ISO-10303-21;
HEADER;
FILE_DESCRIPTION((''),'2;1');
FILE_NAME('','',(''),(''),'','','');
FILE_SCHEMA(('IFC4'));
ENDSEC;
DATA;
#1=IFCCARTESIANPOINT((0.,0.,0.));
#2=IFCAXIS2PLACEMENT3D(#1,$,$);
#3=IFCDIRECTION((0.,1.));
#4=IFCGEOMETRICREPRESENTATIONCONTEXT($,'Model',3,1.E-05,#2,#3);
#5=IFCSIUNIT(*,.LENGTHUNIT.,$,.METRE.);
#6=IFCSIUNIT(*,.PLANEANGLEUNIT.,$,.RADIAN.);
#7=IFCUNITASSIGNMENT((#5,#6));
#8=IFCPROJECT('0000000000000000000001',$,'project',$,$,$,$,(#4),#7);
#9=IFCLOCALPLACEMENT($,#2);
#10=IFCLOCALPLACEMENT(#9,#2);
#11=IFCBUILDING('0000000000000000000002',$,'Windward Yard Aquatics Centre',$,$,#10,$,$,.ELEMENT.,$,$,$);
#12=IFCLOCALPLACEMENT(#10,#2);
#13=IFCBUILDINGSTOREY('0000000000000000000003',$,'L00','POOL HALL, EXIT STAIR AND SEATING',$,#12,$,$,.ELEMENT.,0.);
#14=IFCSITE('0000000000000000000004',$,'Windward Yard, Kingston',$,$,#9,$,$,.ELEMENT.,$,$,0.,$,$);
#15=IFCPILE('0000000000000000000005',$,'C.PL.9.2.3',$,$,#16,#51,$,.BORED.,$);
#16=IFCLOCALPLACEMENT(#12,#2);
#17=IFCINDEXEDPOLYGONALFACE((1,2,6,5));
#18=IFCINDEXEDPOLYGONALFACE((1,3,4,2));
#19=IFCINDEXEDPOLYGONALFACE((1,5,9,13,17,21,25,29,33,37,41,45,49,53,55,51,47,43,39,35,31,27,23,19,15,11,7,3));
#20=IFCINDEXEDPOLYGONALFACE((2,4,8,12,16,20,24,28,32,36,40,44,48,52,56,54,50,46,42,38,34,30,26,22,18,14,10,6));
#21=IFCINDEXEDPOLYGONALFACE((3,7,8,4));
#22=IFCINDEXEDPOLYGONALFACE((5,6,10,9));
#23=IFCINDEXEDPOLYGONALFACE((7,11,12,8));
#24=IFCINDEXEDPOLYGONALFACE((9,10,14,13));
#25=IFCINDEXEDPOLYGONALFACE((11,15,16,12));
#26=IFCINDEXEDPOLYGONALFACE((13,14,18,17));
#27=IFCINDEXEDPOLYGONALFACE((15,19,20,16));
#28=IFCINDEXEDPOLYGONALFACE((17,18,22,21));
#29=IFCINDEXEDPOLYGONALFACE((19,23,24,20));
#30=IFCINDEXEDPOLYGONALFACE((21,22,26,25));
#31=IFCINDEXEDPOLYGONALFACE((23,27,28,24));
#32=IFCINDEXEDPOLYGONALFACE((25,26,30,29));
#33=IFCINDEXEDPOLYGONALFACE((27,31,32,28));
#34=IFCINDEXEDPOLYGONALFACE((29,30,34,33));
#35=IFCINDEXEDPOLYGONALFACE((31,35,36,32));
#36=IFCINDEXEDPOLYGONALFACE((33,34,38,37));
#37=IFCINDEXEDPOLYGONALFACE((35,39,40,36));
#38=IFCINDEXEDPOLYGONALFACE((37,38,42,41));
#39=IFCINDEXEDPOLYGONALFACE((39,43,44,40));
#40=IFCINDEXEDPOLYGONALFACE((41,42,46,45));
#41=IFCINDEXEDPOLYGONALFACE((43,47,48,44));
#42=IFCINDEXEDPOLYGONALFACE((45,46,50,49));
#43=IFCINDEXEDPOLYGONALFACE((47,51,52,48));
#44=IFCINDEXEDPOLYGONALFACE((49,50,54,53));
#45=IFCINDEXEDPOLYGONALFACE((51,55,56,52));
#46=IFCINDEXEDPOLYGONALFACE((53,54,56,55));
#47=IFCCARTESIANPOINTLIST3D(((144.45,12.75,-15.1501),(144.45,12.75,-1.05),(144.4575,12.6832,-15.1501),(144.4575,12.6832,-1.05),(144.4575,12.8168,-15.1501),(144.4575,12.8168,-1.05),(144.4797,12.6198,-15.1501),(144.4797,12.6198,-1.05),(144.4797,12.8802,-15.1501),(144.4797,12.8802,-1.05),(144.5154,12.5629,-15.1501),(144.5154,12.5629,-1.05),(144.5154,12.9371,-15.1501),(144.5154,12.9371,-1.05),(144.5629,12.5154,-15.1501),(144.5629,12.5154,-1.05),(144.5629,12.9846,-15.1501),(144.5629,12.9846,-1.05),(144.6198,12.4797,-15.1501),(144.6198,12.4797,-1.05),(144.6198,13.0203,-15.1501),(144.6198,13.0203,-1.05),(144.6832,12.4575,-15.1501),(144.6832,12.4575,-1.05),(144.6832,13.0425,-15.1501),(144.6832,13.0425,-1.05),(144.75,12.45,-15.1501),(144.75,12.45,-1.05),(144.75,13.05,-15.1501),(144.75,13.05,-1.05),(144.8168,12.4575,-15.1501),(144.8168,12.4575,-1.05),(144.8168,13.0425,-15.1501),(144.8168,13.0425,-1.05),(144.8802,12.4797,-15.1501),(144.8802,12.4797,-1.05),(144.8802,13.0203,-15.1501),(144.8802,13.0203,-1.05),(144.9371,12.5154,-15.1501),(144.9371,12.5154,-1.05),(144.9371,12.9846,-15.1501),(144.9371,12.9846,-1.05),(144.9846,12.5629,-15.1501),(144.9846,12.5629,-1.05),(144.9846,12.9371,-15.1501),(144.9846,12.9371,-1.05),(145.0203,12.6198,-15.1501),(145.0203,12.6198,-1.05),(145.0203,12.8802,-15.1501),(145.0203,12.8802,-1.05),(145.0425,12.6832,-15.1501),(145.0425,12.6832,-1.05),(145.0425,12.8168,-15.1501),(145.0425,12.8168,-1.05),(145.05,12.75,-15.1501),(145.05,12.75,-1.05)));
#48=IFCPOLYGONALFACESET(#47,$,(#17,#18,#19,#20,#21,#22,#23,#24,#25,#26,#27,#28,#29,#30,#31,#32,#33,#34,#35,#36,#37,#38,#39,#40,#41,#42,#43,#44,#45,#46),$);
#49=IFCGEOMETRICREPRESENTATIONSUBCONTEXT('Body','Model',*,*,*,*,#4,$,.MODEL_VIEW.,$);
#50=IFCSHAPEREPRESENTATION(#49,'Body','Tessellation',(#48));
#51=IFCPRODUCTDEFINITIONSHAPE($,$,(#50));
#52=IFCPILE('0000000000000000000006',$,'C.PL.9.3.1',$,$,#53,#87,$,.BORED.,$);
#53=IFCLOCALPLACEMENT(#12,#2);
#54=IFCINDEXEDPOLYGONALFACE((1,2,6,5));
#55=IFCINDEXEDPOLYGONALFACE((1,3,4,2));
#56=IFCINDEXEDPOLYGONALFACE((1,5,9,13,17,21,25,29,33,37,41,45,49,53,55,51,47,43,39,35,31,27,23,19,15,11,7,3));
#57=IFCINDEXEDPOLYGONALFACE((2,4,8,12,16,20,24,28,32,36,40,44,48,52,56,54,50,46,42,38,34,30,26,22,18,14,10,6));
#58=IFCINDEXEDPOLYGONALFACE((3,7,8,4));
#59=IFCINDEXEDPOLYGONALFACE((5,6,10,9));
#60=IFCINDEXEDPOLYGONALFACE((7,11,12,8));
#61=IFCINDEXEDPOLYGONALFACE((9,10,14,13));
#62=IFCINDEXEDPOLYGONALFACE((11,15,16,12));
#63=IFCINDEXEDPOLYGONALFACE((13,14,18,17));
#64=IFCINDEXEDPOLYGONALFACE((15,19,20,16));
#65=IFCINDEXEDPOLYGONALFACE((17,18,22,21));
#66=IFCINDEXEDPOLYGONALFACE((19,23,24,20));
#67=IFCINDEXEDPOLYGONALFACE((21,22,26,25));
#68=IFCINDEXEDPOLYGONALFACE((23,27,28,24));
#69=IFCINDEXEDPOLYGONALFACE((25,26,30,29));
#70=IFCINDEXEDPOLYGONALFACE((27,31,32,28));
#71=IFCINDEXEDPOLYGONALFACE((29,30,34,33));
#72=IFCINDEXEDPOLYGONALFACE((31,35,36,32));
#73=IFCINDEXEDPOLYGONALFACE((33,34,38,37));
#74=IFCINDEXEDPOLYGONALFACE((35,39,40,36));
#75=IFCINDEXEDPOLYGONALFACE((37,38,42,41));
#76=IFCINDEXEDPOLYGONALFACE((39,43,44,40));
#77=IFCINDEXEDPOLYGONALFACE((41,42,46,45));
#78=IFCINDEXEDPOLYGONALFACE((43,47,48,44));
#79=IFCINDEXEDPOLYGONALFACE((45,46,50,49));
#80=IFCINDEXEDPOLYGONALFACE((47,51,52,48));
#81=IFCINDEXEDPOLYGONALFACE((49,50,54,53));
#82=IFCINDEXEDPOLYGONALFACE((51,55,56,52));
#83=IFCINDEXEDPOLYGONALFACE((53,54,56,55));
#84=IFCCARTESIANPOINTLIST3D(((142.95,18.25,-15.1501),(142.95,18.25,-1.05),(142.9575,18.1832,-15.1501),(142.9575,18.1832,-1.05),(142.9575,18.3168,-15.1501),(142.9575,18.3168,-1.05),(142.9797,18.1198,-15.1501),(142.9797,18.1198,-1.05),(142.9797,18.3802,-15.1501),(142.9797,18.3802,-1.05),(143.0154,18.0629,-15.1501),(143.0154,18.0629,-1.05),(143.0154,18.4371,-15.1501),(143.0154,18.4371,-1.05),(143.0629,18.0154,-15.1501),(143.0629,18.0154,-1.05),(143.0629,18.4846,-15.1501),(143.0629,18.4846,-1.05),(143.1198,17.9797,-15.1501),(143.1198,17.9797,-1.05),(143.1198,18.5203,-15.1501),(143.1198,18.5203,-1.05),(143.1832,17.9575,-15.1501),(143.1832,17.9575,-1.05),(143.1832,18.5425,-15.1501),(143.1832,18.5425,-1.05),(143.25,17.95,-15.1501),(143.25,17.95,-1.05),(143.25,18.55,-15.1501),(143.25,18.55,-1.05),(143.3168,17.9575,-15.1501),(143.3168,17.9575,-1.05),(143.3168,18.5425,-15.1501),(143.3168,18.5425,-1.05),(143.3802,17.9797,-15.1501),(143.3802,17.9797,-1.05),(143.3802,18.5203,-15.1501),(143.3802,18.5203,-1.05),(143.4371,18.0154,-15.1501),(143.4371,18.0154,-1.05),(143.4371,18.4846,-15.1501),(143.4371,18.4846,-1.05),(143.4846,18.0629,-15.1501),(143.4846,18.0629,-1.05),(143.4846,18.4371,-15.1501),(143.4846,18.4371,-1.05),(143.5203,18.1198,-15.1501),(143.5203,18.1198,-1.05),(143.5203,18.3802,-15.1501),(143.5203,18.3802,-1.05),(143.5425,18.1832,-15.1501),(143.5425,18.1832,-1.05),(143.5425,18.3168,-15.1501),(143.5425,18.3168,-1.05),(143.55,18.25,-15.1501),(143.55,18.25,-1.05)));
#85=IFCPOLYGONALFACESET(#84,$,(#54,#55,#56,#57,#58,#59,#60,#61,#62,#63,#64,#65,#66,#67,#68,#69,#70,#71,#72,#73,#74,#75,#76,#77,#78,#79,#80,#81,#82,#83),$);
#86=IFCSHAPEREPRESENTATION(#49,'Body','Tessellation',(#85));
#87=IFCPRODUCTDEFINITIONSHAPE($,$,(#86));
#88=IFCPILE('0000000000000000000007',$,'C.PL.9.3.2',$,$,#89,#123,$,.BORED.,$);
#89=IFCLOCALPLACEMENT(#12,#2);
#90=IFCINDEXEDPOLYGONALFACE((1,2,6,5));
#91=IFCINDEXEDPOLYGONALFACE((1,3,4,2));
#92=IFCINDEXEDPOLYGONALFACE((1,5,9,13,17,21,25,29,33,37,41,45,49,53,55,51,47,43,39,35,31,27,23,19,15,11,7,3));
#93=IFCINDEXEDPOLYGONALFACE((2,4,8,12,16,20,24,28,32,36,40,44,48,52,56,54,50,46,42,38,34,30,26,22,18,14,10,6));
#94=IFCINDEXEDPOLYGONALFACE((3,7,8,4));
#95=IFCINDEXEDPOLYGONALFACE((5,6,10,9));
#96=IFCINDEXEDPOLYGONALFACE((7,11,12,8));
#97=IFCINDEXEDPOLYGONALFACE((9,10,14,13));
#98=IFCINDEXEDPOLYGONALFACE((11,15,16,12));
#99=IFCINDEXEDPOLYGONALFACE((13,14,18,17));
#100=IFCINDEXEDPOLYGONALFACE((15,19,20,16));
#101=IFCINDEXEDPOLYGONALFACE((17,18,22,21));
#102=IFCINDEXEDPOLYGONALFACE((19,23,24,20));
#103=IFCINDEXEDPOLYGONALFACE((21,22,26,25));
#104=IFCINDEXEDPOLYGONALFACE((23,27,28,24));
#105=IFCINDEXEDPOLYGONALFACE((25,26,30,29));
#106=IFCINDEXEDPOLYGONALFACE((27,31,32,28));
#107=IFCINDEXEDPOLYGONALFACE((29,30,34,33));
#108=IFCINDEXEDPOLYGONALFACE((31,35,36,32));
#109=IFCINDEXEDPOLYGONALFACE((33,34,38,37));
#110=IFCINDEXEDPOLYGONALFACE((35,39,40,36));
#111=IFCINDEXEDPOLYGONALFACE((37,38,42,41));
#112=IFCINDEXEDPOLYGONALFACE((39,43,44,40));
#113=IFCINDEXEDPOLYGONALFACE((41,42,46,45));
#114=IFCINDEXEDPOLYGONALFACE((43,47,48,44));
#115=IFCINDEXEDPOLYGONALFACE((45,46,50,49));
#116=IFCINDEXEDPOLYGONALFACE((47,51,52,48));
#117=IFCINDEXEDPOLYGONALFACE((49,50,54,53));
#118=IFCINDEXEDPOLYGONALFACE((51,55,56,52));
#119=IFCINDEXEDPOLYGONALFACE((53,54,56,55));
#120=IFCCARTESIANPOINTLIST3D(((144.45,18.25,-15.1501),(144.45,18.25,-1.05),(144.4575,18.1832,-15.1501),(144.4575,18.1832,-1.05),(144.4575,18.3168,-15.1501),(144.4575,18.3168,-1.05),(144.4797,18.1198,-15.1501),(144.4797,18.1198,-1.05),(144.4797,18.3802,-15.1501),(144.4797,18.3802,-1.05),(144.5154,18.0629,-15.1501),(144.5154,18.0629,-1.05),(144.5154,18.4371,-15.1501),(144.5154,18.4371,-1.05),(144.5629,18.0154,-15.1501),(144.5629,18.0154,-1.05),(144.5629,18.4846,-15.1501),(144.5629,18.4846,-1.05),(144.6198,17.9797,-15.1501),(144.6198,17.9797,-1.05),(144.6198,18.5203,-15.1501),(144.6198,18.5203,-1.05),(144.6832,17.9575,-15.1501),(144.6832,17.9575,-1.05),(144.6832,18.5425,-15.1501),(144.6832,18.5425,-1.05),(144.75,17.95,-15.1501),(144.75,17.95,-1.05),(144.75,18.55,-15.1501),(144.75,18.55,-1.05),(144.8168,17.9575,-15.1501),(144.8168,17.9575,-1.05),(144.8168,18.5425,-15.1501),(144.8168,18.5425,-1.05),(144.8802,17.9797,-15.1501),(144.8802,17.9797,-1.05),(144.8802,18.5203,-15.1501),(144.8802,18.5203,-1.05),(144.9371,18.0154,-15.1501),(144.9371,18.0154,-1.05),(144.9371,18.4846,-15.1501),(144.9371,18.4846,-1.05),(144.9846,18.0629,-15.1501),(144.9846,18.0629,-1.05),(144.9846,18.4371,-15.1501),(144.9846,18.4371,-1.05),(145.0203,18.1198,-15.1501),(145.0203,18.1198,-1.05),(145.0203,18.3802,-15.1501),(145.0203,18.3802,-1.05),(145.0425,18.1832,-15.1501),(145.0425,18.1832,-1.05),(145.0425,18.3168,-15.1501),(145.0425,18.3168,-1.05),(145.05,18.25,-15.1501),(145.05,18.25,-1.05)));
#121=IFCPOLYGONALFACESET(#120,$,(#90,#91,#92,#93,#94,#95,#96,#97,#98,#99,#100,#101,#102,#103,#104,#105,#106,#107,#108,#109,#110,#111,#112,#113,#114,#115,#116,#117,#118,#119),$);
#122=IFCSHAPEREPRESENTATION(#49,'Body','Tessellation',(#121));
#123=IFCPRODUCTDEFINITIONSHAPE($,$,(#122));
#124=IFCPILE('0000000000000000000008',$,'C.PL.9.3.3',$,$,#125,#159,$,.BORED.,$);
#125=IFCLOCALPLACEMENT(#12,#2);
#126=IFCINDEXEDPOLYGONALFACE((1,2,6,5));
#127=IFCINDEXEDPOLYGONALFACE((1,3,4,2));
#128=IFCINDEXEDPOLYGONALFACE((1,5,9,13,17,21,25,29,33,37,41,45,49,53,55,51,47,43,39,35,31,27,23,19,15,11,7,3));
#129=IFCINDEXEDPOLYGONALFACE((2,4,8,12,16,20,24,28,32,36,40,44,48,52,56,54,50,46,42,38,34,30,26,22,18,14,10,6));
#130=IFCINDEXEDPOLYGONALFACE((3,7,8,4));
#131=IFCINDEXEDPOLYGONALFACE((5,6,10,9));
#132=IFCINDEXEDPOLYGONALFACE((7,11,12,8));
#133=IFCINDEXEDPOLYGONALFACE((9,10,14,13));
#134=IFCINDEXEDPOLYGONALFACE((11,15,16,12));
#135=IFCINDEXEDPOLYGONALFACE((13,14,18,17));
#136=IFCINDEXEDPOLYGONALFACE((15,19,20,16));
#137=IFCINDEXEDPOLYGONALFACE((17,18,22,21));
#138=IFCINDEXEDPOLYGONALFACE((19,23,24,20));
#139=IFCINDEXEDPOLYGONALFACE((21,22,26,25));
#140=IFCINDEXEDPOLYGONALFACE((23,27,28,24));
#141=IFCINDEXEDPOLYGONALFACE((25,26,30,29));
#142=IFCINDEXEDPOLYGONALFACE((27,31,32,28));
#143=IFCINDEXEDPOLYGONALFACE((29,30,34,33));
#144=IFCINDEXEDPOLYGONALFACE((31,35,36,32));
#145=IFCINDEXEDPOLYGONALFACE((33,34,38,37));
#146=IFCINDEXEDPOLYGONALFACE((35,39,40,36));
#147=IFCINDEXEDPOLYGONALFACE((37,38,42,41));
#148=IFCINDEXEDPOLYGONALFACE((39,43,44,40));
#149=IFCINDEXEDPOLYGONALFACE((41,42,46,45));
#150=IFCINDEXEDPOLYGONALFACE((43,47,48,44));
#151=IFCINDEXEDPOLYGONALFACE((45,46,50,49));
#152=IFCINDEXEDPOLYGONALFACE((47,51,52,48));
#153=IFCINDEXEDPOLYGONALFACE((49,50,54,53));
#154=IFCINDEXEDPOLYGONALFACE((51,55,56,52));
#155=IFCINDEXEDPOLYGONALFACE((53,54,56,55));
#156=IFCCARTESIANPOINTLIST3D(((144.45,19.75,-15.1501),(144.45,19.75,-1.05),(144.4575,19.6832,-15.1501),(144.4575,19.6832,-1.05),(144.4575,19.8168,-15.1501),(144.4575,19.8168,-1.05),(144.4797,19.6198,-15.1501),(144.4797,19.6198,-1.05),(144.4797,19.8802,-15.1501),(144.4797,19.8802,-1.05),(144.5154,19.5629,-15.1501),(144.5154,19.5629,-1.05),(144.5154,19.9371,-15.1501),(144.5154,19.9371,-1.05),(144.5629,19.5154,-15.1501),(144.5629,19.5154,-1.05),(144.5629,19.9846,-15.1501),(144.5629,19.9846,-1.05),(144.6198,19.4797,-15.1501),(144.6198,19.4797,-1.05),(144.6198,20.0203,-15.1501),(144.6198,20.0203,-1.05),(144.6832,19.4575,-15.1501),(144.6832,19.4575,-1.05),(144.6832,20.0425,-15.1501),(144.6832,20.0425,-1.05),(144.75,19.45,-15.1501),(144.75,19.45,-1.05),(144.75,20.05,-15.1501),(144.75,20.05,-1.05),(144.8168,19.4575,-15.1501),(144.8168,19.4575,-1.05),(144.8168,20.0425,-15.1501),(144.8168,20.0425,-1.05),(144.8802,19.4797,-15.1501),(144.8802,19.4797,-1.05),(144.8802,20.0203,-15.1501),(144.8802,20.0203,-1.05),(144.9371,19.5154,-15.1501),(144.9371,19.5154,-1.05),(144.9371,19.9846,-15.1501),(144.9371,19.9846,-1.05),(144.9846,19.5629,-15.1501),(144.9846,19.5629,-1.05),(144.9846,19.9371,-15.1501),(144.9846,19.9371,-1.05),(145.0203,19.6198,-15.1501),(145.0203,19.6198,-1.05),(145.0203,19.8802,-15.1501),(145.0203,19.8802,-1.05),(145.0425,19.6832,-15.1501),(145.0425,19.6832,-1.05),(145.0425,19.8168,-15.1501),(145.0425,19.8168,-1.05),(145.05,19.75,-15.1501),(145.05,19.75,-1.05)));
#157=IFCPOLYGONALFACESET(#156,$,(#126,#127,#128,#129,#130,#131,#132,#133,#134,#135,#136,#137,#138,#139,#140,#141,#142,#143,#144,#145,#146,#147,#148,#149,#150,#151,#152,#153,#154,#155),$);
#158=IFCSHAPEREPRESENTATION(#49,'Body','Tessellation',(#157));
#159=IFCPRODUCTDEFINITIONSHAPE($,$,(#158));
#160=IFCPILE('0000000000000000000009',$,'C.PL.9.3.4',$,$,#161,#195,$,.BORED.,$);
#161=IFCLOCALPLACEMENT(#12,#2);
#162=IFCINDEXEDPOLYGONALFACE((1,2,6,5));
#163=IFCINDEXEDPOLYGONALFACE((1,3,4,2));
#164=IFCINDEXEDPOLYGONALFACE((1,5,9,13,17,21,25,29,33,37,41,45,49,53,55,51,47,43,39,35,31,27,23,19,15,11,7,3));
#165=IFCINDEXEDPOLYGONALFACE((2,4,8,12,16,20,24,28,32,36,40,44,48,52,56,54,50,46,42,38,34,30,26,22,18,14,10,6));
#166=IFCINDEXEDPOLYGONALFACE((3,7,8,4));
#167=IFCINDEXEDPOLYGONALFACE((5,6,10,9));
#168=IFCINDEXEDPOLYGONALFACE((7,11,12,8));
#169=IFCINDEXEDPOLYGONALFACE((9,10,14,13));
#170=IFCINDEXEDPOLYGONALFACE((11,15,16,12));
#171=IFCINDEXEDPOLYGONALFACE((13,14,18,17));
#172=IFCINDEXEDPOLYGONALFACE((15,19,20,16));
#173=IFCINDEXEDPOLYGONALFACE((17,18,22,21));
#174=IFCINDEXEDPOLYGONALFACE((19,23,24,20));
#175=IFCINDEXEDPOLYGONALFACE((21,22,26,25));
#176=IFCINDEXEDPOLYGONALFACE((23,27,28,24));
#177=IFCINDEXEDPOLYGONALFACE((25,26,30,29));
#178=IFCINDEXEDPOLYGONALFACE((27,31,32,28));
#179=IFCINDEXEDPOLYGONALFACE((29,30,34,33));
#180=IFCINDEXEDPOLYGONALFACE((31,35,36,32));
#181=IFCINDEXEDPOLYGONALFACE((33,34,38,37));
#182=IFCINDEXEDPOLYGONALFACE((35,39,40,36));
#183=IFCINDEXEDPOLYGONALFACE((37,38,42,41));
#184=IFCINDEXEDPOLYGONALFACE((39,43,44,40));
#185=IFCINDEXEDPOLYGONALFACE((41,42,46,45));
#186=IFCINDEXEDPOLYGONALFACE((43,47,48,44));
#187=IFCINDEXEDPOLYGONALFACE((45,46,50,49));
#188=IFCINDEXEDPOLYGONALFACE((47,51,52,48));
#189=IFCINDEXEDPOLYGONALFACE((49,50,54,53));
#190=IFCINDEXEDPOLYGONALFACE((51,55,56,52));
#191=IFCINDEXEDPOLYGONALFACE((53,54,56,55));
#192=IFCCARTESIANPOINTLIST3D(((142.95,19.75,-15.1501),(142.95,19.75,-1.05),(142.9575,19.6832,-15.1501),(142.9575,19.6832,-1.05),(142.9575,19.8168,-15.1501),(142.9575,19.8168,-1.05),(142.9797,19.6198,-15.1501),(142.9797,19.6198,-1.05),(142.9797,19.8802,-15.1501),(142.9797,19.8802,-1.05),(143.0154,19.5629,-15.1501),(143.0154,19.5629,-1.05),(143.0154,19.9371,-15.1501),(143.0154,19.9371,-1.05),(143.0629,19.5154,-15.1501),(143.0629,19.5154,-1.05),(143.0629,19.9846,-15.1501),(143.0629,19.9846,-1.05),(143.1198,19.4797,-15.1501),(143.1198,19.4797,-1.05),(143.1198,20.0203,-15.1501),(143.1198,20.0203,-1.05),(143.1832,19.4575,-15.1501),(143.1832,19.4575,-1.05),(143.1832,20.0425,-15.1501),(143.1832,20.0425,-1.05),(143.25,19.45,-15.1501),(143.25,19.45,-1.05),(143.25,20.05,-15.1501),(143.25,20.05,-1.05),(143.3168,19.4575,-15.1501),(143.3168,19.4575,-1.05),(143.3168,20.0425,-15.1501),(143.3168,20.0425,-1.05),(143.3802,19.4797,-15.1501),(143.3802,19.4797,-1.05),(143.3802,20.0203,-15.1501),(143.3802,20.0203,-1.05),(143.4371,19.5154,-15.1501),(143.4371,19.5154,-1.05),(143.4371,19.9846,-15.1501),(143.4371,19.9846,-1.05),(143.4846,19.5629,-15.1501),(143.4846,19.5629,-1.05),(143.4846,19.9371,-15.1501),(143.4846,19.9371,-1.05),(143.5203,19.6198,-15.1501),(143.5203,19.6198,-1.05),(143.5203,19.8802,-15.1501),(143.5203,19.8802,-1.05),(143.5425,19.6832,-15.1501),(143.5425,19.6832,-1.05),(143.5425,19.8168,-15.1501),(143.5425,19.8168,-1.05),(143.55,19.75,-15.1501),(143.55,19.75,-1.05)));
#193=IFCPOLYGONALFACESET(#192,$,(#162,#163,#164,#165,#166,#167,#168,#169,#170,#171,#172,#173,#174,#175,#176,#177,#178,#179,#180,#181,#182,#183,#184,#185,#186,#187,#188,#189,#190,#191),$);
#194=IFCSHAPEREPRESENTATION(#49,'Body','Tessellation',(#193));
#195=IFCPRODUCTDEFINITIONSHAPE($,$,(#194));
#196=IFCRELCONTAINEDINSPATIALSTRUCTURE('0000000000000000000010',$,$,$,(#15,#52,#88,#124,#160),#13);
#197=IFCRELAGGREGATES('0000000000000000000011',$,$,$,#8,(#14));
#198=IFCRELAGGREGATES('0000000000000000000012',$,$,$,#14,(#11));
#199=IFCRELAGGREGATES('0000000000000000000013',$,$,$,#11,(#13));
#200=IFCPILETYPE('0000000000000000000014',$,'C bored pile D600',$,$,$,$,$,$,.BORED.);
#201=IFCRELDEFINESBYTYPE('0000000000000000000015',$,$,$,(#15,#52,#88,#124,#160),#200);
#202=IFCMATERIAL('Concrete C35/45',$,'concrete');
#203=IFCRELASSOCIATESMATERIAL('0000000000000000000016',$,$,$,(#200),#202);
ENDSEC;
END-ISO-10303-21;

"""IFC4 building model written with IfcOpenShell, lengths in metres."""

from ifc_helpers import new_model, si_unit, direction, frame, origin, origin_2d, place, context, subcontext, project, spatial, circle, extrude, material, material_profile, profile_set, type_object, element, save


model = new_model("IFC4")

# Units and contexts
model_context = context("Model", 3, precision=1e-05, world=origin(), true_north=direction((0.0, 1.0)))
body_context = subcontext(model_context, "Body", "Model", "MODEL_VIEW")
ifc_project = project(units=[si_unit("LENGTHUNIT", "METRE"), si_unit("PLANEANGLEUNIT", "RADIAN")], contexts=[model_context])

# Site, building, storey
site_placement = place(None, origin())
site = spatial("IfcSite", under=ifc_project, at=site_placement, Name="Windward Yard, Kingston", CompositionType="ELEMENT", RefElevation=0.0)
building_placement = place(site_placement, origin())
building = spatial("IfcBuilding", under=site, at=building_placement, Name="Windward Yard Aquatics Centre", CompositionType="ELEMENT")
storey_placement = place(building_placement, origin())
storey = spatial("IfcBuildingStorey", under=building, at=storey_placement, Name="L00", Description="POOL HALL, EXIT STAIR AND SEATING", CompositionType="ELEMENT", Elevation=0.0)

# Piles
ifc_material_1 = material(Name="Concrete C35/45", Category="concrete")
ifc_material_profile_1 = material_profile(ifc_material_1, circle(Radius=0.3, at=origin_2d()), Name="RC D600")
ifc_profile_set_1 = profile_set([ifc_material_profile_1], Name="Concrete C35/45")
pile_type = type_object("IfcPileType", Name="C bored pile D600", PredefinedType="BORED", material=ifc_profile_set_1)
for number, where, z_axis, x_axis, name in (
    (1, (144.75, 12.75, -1.05), (0.0, 0.0, -1.0), (1.0, 0.0, 0.0), "C.PL.9.2.3"),
    (2, (143.25, 18.25, -1.05), (0.0, 0.0, -1.0), (1.0, 0.0, 0.0), "C.PL.9.3.1"),
    (3, (144.75, 18.25, -1.05), (0.0, 0.0, -1.0), (1.0, 0.0, 0.0), "C.PL.9.3.2"),
    (4, (144.75, 19.75, -1.05), (0.0, 0.0, -1.0), (1.0, 0.0, 0.0), "C.PL.9.3.3"),
    (5, (143.25, 19.75, -1.05), (0.0, 0.0, -1.0), (1.0, 0.0, 0.0), "C.PL.9.3.4"),
):
    element("IfcPile", number, at=place(storey_placement, frame(where, z_axis=z_axis, x_axis=x_axis)), inside=storey, type_object=pile_type, Name=name, PredefinedType="BORED", context=body_context, shape_type="SweptSolid", body=[
        extrude(circle(Radius=0.3, at=origin_2d()), origin(), (0.0, 0.0, 1.0), 14.1001),
    ])

save(model, "model.ifc")
